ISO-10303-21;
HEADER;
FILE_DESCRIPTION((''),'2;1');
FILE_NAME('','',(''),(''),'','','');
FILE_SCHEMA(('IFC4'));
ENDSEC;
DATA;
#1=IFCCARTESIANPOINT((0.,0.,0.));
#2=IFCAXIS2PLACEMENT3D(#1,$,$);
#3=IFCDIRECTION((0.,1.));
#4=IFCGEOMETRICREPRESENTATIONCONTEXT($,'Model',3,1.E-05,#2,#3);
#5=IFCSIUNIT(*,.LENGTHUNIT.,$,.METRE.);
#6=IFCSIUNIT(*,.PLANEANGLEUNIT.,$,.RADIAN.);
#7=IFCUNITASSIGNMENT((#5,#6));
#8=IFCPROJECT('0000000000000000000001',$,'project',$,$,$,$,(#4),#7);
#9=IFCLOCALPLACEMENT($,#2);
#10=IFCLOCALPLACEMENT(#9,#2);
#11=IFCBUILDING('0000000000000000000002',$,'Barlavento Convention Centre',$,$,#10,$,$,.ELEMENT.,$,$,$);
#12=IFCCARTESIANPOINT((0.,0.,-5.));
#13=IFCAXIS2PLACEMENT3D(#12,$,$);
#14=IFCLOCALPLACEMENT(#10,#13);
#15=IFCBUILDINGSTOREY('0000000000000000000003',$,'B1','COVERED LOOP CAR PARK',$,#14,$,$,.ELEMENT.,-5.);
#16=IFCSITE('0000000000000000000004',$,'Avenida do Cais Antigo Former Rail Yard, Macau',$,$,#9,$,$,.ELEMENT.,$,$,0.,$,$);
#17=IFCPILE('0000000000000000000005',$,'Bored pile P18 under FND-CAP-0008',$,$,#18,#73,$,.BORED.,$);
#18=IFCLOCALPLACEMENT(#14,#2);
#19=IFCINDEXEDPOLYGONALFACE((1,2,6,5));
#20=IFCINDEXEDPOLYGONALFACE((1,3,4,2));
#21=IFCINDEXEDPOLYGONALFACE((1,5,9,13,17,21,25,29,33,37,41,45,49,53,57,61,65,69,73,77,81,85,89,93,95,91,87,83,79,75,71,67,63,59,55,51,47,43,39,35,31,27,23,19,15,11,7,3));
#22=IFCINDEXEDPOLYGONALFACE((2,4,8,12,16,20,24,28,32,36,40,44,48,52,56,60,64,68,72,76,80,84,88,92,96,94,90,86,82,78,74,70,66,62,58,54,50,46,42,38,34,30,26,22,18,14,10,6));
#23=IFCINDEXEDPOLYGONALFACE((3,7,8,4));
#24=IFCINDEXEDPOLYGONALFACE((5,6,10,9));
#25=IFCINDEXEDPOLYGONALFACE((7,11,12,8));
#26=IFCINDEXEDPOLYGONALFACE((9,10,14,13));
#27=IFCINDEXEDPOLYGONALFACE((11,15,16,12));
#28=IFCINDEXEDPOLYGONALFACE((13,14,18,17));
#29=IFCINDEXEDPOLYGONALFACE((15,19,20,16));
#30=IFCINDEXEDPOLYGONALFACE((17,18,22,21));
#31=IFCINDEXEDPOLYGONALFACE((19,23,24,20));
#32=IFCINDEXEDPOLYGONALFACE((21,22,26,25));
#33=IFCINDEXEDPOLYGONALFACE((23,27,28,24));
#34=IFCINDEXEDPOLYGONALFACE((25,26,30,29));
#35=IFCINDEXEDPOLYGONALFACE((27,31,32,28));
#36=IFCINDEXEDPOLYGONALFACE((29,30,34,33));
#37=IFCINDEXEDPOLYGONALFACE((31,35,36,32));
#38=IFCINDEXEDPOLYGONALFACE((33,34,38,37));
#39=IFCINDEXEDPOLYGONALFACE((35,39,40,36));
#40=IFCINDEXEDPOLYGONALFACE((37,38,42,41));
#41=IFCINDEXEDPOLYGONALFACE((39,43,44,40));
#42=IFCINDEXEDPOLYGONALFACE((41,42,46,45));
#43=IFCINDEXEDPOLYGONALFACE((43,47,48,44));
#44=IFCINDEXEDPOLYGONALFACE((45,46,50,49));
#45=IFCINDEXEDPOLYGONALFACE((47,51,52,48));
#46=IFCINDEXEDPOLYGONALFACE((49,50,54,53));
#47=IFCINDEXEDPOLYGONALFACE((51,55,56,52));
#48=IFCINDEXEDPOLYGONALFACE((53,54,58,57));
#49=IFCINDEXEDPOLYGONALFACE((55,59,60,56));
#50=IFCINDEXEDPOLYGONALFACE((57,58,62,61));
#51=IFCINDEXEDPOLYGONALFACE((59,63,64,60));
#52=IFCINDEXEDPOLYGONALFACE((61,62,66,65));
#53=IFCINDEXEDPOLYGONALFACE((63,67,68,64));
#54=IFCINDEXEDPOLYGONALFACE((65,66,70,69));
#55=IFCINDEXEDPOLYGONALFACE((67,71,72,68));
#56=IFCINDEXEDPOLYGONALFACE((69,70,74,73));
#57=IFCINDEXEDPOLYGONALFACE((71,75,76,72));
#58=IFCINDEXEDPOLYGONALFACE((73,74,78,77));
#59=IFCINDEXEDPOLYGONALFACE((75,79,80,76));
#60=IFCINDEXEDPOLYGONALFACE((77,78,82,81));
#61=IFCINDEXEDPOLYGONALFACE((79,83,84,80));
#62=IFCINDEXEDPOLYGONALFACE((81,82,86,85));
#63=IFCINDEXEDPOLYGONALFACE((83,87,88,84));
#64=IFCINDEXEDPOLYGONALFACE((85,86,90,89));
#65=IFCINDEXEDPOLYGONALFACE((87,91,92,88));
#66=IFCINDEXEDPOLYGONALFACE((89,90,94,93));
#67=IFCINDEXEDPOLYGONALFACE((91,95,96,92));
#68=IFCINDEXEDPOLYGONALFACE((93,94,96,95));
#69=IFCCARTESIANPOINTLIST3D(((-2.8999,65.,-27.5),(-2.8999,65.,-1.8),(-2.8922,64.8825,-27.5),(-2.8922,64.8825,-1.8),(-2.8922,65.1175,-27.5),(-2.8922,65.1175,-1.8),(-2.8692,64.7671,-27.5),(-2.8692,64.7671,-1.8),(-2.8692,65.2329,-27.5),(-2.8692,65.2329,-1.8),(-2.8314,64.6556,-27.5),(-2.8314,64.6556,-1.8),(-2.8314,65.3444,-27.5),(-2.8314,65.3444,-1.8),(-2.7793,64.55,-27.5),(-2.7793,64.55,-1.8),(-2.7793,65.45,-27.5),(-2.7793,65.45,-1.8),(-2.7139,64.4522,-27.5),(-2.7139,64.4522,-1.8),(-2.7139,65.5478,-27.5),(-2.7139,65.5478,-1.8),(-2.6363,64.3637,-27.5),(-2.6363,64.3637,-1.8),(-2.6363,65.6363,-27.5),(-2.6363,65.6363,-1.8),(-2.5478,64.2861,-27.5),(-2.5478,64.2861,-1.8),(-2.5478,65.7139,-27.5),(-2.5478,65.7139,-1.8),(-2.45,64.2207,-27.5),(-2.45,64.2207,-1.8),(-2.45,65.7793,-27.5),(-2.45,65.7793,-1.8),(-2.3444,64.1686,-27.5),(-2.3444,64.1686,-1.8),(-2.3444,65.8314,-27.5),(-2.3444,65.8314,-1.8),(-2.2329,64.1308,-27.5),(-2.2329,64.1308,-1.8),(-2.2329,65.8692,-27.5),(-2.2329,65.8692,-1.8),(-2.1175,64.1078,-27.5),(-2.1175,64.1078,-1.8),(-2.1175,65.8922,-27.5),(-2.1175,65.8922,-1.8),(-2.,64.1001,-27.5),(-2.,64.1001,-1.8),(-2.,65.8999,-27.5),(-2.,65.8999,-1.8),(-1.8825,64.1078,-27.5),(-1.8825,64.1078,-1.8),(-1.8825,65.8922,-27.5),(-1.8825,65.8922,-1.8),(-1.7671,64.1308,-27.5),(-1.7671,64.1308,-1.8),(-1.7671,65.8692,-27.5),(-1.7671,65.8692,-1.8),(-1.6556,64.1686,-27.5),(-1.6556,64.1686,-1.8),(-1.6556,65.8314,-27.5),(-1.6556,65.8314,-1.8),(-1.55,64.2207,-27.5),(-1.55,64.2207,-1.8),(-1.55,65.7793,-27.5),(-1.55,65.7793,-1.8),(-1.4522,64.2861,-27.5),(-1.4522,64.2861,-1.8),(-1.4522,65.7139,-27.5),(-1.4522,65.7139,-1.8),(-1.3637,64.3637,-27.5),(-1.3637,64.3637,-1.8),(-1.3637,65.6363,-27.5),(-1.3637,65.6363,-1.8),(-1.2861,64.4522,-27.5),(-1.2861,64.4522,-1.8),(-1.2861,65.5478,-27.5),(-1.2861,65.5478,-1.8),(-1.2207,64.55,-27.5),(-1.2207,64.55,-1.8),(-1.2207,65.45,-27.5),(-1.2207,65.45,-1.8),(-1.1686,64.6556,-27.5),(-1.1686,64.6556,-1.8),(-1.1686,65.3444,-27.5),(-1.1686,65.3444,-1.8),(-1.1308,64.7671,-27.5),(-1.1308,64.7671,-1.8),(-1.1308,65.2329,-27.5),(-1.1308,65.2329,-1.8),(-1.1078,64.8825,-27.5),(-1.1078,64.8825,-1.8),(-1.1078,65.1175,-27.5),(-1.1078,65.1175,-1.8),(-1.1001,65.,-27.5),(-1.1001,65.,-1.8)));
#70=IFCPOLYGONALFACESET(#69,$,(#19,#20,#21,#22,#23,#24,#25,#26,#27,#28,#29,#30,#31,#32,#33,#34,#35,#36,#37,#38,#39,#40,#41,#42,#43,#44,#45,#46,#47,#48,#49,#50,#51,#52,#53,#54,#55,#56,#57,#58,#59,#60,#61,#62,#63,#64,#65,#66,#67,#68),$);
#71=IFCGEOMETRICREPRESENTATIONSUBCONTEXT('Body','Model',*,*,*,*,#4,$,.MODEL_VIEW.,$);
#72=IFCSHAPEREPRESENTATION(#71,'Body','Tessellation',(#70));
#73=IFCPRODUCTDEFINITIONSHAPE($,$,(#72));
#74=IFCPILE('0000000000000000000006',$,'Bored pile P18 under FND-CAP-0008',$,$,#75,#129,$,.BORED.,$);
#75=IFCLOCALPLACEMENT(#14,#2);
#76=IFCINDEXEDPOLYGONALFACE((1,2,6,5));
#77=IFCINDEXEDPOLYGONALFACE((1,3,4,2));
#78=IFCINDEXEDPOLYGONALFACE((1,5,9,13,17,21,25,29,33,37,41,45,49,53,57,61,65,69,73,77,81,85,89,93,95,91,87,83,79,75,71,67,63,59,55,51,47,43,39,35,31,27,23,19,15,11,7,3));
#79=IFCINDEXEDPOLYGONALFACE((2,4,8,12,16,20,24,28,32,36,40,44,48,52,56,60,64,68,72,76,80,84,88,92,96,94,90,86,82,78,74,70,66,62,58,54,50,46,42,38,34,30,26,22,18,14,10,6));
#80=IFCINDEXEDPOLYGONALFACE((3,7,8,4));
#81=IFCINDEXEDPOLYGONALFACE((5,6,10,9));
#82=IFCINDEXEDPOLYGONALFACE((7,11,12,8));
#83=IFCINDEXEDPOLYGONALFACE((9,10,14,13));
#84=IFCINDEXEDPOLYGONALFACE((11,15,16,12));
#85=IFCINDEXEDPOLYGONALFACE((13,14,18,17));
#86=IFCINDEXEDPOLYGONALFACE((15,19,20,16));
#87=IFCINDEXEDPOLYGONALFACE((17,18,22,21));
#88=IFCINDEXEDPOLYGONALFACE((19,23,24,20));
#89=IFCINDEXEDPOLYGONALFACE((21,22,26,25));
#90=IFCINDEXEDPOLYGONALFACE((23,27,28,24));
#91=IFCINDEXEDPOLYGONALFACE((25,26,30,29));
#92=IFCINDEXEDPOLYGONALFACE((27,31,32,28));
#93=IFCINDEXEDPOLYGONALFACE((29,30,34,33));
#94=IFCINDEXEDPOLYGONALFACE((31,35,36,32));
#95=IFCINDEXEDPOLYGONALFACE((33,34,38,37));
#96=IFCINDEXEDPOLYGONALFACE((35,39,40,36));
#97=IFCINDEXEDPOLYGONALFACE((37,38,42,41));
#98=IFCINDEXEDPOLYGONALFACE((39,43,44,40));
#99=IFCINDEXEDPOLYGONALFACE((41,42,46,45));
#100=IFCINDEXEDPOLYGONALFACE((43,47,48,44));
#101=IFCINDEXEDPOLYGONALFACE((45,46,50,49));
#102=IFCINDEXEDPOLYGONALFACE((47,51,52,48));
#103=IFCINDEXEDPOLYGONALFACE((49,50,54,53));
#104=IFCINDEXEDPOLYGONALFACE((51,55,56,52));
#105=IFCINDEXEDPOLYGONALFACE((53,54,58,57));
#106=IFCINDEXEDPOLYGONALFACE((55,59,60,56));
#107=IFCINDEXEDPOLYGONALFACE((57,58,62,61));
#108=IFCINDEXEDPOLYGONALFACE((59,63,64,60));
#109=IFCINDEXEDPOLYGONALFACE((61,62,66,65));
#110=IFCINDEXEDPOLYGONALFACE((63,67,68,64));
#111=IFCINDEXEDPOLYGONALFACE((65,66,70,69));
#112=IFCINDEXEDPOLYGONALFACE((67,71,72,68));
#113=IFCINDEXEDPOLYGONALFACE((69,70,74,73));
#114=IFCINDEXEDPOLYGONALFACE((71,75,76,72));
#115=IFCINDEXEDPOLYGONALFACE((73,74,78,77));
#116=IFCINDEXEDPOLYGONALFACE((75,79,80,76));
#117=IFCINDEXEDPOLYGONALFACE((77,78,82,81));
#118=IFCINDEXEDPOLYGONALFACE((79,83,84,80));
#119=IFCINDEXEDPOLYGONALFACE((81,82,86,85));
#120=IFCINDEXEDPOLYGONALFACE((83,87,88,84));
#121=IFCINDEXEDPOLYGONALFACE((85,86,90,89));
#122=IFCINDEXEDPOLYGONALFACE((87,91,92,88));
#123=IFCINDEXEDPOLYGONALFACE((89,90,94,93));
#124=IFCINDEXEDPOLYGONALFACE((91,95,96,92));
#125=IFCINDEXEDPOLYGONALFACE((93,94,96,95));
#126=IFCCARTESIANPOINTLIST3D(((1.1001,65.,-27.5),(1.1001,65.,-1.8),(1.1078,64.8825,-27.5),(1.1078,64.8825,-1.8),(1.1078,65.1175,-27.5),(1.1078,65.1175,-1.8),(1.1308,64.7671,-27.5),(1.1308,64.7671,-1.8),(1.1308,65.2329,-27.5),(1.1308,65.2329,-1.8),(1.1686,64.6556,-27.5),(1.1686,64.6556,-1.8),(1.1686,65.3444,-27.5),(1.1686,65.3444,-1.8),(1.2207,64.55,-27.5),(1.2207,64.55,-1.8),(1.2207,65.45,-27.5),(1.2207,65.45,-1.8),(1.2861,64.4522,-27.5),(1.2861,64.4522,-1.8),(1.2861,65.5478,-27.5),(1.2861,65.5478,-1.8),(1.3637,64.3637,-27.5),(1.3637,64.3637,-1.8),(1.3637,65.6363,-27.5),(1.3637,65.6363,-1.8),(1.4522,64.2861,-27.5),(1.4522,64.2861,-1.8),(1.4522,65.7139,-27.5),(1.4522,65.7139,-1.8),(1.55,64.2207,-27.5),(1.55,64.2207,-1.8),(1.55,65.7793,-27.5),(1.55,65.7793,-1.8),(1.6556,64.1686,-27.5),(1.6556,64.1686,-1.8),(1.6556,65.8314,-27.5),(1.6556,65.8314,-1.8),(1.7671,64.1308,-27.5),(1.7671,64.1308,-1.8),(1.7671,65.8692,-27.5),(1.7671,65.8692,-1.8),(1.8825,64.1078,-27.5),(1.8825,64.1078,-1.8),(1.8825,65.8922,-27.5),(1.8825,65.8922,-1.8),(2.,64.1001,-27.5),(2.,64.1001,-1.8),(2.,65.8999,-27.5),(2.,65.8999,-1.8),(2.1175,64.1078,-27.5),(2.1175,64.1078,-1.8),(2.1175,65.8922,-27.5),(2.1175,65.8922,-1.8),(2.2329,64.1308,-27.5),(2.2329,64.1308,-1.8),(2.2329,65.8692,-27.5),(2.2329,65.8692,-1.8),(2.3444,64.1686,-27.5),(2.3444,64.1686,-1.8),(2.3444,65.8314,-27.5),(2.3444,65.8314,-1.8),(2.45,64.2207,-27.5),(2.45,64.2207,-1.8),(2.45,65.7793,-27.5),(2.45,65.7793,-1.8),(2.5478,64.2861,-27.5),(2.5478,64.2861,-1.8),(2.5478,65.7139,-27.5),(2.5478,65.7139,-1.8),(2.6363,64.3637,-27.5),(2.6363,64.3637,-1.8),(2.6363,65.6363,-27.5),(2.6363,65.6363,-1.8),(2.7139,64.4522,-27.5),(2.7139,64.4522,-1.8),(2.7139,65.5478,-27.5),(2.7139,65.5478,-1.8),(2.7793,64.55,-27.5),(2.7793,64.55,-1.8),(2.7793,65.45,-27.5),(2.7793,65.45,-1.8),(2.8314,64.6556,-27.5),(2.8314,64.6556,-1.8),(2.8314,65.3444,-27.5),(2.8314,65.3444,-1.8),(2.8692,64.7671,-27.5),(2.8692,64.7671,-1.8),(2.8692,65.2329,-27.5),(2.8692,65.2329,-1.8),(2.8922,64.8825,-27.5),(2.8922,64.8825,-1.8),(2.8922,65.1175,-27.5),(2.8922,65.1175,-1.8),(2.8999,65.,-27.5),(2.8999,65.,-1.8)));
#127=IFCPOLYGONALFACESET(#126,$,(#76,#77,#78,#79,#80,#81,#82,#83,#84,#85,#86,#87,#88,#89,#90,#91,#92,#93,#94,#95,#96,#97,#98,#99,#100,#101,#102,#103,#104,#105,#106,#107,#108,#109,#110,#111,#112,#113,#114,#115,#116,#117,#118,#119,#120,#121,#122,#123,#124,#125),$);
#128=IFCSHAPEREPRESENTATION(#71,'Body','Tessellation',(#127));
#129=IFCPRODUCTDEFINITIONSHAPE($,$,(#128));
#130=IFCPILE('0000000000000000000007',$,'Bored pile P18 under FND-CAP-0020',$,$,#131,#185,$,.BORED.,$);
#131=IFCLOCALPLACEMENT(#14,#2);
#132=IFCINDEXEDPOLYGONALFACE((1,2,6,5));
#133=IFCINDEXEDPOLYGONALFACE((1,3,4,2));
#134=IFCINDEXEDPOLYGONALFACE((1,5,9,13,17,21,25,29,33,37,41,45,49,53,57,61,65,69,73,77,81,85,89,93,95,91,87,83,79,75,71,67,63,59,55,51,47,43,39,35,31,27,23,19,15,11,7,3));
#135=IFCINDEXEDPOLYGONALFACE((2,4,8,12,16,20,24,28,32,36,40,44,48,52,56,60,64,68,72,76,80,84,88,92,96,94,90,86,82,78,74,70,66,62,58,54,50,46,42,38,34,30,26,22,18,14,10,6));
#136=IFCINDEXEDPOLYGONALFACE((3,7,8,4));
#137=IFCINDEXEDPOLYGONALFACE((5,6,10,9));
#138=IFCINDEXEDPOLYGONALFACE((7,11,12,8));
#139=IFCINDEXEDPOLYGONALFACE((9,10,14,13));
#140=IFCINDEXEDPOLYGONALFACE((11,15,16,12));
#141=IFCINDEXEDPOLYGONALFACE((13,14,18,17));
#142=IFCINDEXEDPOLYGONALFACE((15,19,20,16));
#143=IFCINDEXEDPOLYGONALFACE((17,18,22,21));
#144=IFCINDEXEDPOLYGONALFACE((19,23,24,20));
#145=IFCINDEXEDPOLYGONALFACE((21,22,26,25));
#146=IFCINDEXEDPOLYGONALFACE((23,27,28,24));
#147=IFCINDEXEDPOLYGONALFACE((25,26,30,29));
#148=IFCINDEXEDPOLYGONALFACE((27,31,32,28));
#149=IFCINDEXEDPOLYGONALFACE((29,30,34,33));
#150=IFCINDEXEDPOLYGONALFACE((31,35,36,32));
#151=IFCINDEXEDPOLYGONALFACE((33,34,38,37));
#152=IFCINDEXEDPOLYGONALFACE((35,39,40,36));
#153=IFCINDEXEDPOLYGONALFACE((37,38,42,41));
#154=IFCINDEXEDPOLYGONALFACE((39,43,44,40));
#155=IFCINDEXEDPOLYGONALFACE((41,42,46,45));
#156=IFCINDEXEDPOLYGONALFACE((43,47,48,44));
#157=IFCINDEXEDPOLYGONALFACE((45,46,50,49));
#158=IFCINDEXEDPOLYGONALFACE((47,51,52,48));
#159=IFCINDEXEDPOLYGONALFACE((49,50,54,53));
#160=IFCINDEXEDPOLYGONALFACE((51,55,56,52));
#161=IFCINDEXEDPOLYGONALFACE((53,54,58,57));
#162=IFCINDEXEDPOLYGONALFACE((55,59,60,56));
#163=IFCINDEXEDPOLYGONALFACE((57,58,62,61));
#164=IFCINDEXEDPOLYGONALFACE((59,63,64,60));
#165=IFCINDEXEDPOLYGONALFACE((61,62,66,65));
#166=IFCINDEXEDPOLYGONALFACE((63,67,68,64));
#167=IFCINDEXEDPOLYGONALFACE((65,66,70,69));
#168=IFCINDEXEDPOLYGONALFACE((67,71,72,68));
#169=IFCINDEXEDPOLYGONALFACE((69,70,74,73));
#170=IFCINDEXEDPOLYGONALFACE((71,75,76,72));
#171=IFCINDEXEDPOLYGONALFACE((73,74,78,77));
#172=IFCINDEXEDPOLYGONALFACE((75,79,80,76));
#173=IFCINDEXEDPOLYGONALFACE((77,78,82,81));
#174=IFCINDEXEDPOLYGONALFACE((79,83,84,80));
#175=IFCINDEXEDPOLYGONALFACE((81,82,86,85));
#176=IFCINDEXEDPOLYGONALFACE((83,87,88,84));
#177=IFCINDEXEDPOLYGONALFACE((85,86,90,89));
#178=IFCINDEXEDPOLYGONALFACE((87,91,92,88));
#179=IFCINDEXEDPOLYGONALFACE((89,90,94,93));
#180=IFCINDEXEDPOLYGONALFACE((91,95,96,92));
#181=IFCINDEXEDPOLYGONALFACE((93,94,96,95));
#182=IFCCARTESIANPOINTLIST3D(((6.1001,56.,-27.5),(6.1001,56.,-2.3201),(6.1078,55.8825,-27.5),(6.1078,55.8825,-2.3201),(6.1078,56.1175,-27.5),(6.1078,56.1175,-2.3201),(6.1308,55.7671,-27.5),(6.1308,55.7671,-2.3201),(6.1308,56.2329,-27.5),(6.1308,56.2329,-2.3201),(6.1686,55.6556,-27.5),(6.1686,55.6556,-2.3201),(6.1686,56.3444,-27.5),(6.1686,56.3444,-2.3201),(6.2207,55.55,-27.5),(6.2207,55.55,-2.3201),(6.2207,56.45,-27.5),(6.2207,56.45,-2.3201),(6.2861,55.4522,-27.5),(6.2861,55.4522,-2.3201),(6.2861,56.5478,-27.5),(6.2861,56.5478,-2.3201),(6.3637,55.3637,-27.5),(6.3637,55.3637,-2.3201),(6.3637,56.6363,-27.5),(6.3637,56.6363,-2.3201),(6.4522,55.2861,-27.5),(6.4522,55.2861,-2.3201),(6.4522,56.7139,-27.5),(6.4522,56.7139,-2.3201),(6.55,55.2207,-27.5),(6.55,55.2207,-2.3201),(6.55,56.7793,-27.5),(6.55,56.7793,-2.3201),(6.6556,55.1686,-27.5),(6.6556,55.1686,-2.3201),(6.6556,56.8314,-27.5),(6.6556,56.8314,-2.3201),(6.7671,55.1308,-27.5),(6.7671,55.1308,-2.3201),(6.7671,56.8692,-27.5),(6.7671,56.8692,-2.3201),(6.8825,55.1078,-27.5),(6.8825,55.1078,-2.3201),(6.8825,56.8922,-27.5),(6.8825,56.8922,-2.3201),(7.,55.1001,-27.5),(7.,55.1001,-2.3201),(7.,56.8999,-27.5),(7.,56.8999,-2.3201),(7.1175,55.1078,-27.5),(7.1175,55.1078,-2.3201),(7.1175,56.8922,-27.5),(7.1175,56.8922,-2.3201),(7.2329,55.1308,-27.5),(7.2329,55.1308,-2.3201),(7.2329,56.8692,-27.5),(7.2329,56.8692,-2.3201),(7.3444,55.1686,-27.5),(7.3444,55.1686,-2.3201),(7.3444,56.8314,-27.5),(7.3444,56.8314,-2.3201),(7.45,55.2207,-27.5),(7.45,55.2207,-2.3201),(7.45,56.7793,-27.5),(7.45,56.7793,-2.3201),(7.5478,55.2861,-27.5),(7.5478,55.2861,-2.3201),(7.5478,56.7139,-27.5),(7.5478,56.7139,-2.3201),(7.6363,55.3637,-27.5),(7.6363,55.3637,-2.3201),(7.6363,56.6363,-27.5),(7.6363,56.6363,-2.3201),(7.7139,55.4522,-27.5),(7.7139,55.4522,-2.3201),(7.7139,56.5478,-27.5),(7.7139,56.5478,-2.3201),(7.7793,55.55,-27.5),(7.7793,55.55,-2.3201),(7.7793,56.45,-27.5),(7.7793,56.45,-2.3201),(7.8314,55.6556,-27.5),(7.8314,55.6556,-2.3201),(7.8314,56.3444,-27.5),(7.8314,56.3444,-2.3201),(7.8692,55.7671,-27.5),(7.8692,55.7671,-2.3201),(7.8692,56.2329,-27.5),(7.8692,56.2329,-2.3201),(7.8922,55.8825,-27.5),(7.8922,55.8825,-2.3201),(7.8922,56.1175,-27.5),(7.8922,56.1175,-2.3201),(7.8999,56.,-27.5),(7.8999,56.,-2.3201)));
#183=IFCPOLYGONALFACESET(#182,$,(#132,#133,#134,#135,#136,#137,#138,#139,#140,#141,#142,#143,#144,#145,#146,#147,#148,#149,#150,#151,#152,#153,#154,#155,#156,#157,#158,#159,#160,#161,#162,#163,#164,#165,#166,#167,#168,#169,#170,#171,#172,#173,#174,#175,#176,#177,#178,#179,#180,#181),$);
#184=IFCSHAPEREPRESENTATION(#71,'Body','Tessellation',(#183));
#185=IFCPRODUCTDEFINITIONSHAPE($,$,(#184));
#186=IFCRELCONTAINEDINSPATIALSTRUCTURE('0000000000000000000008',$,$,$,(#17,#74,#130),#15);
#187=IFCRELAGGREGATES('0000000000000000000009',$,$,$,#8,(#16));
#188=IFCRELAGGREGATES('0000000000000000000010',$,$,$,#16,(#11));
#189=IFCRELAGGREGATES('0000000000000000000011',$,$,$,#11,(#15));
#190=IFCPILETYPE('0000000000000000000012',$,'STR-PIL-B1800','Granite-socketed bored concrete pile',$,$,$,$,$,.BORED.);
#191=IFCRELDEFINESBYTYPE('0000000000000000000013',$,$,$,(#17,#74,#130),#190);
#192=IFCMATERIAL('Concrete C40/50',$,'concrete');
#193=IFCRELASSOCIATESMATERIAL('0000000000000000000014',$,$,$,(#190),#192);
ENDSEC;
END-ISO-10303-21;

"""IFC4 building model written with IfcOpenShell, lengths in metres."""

from ifc_helpers import new_model, si_unit, direction, frame, origin, origin_2d, place, context, subcontext, project, spatial, circle, extrude, material, material_profile, profile_set, type_object, element, save


model = new_model("IFC4")

# Units and contexts
model_context = context("Model", 3, precision=1e-05, world=origin(), true_north=direction((0.0, 1.0)))
body_context = subcontext(model_context, "Body", "Model", "MODEL_VIEW")
ifc_project = project(units=[si_unit("LENGTHUNIT", "METRE"), si_unit("PLANEANGLEUNIT", "RADIAN")], contexts=[model_context])

# Site, building, storey
site_placement = place(None, origin())
site = spatial("IfcSite", under=ifc_project, at=site_placement, Name="Avenida do Cais Antigo Former Rail Yard, Macau", CompositionType="ELEMENT", RefElevation=0.0)
building_placement = place(site_placement, origin())
building = spatial("IfcBuilding", under=site, at=building_placement, Name="Barlavento Convention Centre", CompositionType="ELEMENT")
storey_placement = place(building_placement, frame((0.0, 0.0, -5.0)))
storey = spatial("IfcBuildingStorey", under=building, at=storey_placement, Name="B1", Description="COVERED LOOP CAR PARK", CompositionType="ELEMENT", Elevation=-5.0)

# Shared definitions
ifc_material_1 = material(Name="Concrete C40/50", Category="concrete")

# Piles
ifc_material_profile_1 = material_profile(ifc_material_1, circle(Radius=0.8999, at=origin_2d()), Name="BORED PILE 1800")
ifc_profile_set_1 = profile_set([ifc_material_profile_1], Name="Concrete C40/50")
pile_type_1 = type_object("IfcPileType", Name="STR-PIL-B1800", Description="Granite-socketed bored concrete pile", PredefinedType="BORED", material=ifc_profile_set_1)
for number, where, z_axis, x_axis, name in (
    (1, (-2.0, 65.0, -1.8), (0.0, 0.0, -1.0), (1.0, 0.0, 0.0), "Bored pile P18 under FND-CAP-0008"),
    (2, (2.0, 65.0, -1.8), (0.0, 0.0, -1.0), (1.0, 0.0, 0.0), "Bored pile P18 under FND-CAP-0008"),
):
    element("IfcPile", number, at=place(storey_placement, frame(where, z_axis=z_axis, x_axis=x_axis)), inside=storey, type_object=pile_type_1, Name=name, PredefinedType="BORED", context=body_context, shape_type="SweptSolid", body=[
        extrude(circle(Radius=0.8999, at=origin_2d()), origin(), (0.0, 0.0, 1.0), 25.7),
    ])
for number, where, z_axis, x_axis, name in (
    (3, (7.0, 56.0, -2.3201), (0.0, 0.0, -1.0), (1.0, 0.0, 0.0), "Bored pile P18 under FND-CAP-0020"),
):
    element("IfcPile", number, at=place(storey_placement, frame(where, z_axis=z_axis, x_axis=x_axis)), inside=storey, type_object=pile_type_1, Name=name, PredefinedType="BORED", context=body_context, shape_type="SweptSolid", body=[
        extrude(circle(Radius=0.8999, at=origin_2d()), origin(), (0.0, 0.0, 1.0), 25.1799),
    ])

save(model, "model.ifc")
